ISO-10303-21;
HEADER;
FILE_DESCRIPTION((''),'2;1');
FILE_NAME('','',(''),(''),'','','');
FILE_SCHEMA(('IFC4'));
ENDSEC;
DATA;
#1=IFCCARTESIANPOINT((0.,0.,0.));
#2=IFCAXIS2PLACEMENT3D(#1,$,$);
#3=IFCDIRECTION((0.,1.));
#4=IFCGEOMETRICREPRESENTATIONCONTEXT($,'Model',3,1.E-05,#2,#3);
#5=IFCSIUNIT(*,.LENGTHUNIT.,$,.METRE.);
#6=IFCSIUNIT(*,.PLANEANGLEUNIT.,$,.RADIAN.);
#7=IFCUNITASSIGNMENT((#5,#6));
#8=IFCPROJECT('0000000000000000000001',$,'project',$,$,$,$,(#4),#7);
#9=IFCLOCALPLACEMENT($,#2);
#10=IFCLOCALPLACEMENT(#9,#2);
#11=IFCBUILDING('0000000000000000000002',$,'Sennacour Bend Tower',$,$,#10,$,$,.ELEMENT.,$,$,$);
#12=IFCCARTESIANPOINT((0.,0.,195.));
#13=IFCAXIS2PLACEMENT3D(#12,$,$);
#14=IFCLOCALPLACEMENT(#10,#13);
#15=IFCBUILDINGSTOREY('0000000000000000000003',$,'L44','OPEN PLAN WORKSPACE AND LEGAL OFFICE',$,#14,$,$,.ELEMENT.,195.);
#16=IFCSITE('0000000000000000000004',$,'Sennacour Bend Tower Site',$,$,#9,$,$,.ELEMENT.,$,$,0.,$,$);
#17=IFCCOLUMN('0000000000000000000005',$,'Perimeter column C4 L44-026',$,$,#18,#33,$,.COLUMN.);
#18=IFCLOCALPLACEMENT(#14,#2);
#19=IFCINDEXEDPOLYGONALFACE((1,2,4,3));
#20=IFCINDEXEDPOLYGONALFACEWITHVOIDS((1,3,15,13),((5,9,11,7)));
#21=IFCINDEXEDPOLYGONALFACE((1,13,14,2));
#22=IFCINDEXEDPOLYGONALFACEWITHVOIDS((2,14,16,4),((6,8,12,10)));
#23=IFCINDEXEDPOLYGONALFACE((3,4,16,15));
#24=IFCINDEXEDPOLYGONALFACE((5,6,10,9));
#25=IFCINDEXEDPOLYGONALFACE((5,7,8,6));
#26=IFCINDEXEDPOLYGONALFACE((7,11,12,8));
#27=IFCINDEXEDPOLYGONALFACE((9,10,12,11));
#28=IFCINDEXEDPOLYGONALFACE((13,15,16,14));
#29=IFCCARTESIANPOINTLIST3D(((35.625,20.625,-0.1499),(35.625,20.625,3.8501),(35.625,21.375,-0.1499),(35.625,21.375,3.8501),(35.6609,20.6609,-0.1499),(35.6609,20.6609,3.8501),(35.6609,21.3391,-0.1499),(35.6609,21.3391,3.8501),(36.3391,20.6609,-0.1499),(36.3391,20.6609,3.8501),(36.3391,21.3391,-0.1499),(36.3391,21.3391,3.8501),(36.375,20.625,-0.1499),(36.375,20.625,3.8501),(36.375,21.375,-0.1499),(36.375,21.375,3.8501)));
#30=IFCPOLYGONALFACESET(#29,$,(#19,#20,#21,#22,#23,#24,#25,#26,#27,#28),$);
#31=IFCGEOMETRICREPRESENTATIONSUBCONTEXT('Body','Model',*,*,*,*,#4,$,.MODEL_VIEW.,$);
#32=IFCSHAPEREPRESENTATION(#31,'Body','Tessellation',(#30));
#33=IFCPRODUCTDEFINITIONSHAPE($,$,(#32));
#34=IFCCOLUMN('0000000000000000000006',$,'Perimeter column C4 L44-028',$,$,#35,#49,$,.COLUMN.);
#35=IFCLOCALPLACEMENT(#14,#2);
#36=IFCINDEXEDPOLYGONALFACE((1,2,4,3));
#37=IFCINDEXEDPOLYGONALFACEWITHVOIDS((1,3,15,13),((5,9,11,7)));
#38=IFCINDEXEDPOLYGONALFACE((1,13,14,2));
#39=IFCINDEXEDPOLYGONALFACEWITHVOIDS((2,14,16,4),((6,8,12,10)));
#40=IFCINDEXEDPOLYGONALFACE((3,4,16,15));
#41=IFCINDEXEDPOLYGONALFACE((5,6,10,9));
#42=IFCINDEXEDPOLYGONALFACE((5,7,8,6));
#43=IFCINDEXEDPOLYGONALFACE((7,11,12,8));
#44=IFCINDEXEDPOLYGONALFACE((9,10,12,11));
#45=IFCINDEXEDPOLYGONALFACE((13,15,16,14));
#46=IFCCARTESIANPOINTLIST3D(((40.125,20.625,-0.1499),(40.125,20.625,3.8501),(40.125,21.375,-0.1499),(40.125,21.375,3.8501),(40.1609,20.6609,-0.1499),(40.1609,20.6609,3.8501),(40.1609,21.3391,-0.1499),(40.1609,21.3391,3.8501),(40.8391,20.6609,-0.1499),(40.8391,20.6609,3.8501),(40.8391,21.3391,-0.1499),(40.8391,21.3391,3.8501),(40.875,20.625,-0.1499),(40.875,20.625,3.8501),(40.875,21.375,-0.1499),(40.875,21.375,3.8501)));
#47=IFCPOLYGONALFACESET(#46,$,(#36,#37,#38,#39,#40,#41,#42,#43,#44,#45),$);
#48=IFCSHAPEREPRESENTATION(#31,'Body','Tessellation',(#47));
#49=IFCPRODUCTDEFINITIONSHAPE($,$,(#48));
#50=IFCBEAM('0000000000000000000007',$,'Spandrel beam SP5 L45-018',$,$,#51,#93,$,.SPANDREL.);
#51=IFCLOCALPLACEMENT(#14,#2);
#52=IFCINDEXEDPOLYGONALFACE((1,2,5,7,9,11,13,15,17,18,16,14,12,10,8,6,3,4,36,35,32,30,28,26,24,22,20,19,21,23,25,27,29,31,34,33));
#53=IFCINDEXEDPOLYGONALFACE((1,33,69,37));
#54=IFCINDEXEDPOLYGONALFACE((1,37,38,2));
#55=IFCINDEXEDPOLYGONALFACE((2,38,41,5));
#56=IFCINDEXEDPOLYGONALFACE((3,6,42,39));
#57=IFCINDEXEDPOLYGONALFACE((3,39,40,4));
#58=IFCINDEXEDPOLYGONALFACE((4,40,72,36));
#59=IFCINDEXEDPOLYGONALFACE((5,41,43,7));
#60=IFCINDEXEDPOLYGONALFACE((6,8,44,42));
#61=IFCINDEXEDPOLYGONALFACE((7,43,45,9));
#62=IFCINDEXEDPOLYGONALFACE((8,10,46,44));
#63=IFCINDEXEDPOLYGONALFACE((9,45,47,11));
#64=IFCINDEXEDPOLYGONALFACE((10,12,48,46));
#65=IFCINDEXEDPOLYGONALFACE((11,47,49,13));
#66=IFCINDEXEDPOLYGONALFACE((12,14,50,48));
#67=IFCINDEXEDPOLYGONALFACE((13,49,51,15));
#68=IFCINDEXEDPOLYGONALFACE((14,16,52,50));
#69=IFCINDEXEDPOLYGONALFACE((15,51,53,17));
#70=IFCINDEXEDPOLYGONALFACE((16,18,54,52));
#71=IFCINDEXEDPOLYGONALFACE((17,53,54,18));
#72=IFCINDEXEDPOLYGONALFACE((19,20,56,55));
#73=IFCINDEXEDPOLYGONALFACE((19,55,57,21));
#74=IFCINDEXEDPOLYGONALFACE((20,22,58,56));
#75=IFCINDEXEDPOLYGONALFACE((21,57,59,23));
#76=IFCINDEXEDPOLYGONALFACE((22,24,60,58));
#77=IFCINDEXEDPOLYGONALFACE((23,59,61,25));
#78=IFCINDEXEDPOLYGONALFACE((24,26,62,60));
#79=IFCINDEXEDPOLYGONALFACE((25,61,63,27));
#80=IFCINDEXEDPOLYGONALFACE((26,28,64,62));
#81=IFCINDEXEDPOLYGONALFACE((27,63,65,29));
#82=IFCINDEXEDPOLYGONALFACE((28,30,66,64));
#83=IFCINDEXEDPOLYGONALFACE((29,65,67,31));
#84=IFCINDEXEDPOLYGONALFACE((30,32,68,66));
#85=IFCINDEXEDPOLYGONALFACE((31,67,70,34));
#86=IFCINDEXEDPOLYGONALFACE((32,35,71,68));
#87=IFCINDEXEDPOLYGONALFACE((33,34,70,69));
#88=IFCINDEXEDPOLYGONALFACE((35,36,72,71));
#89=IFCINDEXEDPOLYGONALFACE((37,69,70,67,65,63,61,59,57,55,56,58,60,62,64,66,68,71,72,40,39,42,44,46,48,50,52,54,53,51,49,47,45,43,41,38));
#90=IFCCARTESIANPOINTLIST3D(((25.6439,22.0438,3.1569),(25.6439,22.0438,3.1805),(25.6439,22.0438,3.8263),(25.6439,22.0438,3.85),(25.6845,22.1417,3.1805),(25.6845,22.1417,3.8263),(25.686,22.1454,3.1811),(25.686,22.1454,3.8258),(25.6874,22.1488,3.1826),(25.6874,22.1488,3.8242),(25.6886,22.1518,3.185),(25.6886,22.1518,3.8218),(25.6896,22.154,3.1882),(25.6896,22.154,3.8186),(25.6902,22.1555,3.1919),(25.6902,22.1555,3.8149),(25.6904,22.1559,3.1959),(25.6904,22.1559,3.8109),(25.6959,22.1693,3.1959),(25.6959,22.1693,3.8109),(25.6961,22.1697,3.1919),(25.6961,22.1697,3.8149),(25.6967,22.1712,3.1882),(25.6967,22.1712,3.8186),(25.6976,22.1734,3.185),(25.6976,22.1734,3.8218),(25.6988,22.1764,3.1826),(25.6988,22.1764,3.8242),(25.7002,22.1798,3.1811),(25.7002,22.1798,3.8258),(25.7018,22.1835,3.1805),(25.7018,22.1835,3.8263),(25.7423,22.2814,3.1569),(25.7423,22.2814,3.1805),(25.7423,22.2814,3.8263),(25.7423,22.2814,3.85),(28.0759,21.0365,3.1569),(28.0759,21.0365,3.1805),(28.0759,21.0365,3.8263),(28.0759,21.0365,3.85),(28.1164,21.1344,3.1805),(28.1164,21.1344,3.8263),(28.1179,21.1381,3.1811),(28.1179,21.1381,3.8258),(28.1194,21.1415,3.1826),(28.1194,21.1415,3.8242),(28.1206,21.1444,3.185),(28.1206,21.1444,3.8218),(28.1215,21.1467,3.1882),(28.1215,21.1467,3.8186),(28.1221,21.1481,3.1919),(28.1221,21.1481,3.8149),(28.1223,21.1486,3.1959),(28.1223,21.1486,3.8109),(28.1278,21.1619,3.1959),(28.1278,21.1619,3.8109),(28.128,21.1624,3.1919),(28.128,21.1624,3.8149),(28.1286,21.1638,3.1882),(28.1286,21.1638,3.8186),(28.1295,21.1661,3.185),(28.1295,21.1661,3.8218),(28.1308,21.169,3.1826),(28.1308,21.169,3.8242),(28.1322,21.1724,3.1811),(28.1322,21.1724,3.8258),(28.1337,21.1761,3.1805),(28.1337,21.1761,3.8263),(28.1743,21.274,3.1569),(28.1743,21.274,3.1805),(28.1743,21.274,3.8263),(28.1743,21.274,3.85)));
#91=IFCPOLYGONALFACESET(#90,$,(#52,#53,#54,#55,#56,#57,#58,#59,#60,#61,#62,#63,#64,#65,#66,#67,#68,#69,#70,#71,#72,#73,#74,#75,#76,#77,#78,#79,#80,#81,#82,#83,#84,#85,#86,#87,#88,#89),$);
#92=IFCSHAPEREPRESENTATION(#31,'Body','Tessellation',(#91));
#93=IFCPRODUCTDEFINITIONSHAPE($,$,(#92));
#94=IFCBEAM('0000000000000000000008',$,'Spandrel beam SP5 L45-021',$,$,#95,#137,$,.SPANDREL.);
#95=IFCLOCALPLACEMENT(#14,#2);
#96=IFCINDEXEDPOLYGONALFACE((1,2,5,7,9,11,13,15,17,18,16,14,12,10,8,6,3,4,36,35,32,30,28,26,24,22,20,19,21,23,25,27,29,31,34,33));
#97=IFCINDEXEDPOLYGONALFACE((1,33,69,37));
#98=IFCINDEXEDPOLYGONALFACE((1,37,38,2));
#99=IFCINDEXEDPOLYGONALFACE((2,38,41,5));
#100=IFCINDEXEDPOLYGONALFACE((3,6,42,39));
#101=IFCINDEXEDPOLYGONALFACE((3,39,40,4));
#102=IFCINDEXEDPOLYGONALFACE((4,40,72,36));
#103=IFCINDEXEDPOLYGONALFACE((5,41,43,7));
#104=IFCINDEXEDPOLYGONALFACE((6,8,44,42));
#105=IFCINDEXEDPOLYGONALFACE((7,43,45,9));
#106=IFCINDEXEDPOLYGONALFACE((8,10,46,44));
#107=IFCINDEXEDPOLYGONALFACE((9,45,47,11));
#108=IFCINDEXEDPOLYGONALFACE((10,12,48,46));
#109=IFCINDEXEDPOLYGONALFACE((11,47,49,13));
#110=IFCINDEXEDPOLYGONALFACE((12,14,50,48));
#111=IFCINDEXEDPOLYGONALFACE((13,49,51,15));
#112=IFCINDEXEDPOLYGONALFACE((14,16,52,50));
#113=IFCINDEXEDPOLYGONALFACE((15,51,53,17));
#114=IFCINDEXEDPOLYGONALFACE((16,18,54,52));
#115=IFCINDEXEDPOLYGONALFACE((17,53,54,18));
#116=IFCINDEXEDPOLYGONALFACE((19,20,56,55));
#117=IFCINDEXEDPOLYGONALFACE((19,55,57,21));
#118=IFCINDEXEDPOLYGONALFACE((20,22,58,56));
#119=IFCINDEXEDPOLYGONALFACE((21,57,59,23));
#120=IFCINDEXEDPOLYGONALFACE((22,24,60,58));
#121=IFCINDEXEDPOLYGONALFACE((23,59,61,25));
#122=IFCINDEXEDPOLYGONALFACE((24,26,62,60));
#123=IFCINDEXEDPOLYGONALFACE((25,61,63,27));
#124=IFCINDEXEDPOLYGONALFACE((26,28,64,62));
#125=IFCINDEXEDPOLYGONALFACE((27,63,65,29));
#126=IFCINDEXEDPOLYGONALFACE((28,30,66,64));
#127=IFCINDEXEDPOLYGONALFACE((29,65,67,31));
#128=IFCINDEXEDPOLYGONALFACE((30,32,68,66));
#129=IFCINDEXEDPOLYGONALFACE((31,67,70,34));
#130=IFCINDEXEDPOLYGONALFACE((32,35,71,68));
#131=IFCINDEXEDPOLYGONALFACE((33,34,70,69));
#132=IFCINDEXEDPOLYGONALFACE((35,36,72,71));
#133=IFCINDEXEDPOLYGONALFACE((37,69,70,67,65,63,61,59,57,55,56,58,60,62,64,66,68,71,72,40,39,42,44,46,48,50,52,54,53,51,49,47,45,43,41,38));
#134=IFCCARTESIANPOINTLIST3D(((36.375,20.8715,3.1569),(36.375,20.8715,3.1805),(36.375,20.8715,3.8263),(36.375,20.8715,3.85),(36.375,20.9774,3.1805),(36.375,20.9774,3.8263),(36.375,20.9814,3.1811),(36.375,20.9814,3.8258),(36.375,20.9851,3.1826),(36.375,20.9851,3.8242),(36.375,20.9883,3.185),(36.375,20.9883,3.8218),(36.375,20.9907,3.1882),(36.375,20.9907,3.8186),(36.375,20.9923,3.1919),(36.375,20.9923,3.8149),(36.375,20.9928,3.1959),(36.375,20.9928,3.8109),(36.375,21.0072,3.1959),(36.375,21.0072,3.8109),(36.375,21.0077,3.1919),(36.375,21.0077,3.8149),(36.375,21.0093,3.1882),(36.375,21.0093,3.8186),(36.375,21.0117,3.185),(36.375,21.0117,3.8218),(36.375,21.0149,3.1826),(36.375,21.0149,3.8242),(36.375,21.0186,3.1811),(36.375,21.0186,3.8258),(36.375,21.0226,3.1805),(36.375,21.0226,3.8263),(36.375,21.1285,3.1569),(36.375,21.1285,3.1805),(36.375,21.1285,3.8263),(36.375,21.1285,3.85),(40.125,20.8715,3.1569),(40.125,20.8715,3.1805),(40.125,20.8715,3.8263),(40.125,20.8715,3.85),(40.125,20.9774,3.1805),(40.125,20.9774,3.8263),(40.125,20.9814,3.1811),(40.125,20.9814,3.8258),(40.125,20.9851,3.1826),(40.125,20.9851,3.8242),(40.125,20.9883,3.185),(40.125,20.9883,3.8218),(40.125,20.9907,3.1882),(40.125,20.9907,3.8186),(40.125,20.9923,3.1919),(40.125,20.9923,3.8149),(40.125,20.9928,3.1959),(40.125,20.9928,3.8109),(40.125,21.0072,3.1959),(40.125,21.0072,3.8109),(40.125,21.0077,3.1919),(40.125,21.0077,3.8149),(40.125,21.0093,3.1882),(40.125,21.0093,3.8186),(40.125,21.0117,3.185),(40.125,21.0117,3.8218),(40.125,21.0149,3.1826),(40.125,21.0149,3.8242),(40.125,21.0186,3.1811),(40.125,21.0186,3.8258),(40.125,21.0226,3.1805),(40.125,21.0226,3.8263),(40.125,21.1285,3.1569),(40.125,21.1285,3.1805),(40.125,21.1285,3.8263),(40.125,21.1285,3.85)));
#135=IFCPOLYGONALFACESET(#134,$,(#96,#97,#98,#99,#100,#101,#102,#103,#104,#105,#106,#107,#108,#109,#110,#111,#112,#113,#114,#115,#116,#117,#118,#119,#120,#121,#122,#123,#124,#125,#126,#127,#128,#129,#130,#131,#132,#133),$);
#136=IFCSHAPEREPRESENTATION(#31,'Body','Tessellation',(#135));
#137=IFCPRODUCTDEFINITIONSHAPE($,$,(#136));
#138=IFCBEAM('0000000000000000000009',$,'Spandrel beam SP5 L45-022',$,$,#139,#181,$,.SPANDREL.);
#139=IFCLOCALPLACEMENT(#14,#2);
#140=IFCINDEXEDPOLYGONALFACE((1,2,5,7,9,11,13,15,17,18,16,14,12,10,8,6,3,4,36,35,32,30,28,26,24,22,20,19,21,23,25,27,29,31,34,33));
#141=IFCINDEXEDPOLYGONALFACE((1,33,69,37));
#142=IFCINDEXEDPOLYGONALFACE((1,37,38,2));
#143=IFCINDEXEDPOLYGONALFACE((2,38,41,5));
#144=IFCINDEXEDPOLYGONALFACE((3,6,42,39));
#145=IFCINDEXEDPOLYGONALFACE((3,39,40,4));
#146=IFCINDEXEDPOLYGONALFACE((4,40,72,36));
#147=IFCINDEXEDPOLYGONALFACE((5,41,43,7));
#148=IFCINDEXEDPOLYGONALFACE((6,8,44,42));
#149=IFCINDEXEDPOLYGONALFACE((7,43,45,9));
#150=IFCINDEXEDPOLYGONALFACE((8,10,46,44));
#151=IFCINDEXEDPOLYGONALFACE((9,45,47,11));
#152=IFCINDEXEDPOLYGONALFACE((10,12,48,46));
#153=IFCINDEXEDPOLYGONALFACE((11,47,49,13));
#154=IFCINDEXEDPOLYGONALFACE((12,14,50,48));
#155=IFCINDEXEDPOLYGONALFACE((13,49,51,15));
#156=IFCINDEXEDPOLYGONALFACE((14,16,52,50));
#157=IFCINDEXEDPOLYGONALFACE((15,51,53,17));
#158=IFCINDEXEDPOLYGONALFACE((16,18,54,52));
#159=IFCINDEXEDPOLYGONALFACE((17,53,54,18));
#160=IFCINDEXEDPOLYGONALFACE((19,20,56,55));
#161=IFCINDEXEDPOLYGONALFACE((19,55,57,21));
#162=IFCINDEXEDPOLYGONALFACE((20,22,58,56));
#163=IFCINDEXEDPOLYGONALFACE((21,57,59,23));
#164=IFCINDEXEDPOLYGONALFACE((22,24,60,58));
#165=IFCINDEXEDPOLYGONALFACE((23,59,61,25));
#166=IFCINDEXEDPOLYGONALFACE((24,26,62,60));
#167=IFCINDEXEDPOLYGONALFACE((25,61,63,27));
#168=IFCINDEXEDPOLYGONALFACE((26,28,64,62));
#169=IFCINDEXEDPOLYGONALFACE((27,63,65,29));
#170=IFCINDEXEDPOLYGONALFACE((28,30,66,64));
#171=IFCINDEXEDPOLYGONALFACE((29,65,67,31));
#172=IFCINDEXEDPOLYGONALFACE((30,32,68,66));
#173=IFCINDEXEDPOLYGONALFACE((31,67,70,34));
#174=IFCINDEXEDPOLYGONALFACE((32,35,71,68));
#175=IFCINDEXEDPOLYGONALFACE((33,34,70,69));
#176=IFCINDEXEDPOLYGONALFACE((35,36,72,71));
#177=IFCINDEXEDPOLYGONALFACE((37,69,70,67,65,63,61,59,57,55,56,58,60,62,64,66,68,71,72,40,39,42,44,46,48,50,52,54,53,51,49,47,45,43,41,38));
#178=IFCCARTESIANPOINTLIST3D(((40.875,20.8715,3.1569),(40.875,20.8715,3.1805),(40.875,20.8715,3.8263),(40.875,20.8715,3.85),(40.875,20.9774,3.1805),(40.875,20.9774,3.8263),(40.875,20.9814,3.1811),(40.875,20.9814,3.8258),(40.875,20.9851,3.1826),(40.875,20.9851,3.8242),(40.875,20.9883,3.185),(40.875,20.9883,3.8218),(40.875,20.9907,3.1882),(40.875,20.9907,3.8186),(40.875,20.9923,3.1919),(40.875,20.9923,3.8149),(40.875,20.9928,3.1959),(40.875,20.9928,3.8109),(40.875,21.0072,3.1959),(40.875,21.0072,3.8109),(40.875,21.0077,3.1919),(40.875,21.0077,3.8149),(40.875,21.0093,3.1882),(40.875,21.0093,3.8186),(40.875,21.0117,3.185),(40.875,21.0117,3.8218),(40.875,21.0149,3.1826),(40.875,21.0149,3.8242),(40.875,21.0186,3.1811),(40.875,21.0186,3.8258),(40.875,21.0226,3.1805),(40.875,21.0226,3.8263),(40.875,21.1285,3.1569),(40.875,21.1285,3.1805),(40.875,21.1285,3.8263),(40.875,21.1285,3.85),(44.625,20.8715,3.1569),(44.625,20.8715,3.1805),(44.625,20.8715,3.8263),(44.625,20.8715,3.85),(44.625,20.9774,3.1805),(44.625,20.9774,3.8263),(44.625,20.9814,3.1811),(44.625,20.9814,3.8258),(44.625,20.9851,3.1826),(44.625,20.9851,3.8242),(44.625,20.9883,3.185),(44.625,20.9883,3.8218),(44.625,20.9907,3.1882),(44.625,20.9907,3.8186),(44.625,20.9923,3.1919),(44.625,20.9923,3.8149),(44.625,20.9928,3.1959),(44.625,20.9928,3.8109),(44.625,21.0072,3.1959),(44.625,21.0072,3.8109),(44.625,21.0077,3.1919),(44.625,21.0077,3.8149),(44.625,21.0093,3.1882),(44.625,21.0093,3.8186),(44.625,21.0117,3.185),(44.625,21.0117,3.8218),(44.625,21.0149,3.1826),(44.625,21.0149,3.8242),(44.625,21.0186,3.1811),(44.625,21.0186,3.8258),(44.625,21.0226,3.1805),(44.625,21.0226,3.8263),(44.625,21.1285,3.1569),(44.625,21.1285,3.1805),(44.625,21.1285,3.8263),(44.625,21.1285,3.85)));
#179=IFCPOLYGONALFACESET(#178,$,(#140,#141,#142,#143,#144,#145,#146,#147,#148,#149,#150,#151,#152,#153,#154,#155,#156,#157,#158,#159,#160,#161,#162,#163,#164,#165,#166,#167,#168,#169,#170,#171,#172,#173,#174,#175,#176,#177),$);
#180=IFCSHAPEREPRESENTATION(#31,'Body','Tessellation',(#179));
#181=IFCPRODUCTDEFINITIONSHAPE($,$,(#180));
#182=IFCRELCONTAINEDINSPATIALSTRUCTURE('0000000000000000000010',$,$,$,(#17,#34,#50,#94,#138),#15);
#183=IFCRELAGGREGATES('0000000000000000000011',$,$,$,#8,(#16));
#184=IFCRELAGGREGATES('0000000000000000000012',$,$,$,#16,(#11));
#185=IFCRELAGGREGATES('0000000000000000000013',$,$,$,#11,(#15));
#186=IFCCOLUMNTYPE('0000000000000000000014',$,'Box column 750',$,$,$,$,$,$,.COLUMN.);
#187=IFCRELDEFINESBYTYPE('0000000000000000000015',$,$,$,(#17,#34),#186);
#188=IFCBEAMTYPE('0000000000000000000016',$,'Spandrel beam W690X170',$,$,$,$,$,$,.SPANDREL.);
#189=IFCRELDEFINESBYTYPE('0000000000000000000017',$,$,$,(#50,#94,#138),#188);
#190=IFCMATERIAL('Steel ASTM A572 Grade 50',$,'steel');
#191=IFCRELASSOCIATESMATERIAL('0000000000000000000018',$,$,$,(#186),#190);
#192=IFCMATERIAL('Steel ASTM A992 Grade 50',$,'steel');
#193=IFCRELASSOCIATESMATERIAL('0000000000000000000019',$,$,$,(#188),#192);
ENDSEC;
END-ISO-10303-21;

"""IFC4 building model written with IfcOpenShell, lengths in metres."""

from ifc_helpers import new_model, si_unit, direction, frame, origin, origin_2d, place, context, subcontext, project, spatial, hollow_rectangle, i_section, extrude, material, material_profile, profile_set, type_object, element, save


model = new_model("IFC4")

# Units and contexts
model_context = context("Model", 3, precision=1e-05, world=origin(), true_north=direction((0.0, 1.0)))
body_context = subcontext(model_context, "Body", "Model", "MODEL_VIEW")
ifc_project = project(units=[si_unit("LENGTHUNIT", "METRE"), si_unit("PLANEANGLEUNIT", "RADIAN")], contexts=[model_context])

# Site, building, storey
site_placement = place(None, origin())
site = spatial("IfcSite", under=ifc_project, at=site_placement, Name="Sennacour Bend Tower Site", CompositionType="ELEMENT", RefElevation=0.0)
building_placement = place(site_placement, origin())
building = spatial("IfcBuilding", under=site, at=building_placement, Name="Sennacour Bend Tower", CompositionType="ELEMENT")
storey_placement = place(building_placement, frame((0.0, 0.0, 195.0)))
storey = spatial("IfcBuildingStorey", under=building, at=storey_placement, Name="L44", Description="OPEN PLAN WORKSPACE AND LEGAL OFFICE", CompositionType="ELEMENT", Elevation=195.0)

# Columns
ifc_material_1 = material(Name="Steel ASTM A572 Grade 50", Category="steel")
ifc_material_profile_1 = material_profile(ifc_material_1, hollow_rectangle(XDim=0.75, YDim=0.75, WallThickness=0.0359, at=origin_2d()), Name="Steel ASTM A572 Grade 50", Category="steel")
ifc_profile_set_1 = profile_set([ifc_material_profile_1], Name="Steel ASTM A572 Grade 50")
column_type = type_object("IfcColumnType", Name="Box column 750", PredefinedType="COLUMN", material=ifc_profile_set_1)
for number, where, z_axis, x_axis, name in (
    (1, (36.0, 21.0, -0.1499), (0.0, 0.0, 1.0), (1.0, 0.0, 0.0), "Perimeter column C4 L44-026"),
    (2, (40.5, 21.0, -0.1499), (0.0, 0.0, 1.0), (1.0, 0.0, 0.0), "Perimeter column C4 L44-028"),
):
    element("IfcColumn", number, at=place(storey_placement, frame(where, z_axis=z_axis, x_axis=x_axis)), inside=storey, type_object=column_type, Name=name, PredefinedType="COLUMN", context=body_context, shape_type="SweptSolid", body=[
        extrude(hollow_rectangle(XDim=0.75, YDim=0.75, WallThickness=0.0359, at=origin_2d()), origin(), (0.0, 0.0, 1.0), 4.0),
    ])

# Beams
ifc_material_2 = material(Name="Steel ASTM A992 Grade 50", Category="steel")
ifc_material_profile_2 = material_profile(ifc_material_2, i_section(OverallWidth=0.2571, OverallDepth=0.6931, WebThickness=0.0144, FlangeThickness=0.0237, FilletRadius=0.0154, at=origin_2d()), Name="Steel ASTM A992 Grade 50", Category="steel")
ifc_profile_set_2 = profile_set([ifc_material_profile_2], Name="Steel ASTM A992 Grade 50")
beam_type = type_object("IfcBeamType", Name="Spandrel beam W690X170", PredefinedType="SPANDREL", material=ifc_profile_set_2)
beam_placement = place(storey_placement, frame((25.6931, 22.1626, 3.5034), z_axis=(0.923879, -0.382685, 0.0), x_axis=(0.382685, 0.923879, 0.0)))
element("IfcBeam", 3, at=beam_placement, inside=storey, type_object=beam_type, Name="Spandrel beam SP5 L45-018", PredefinedType="SPANDREL", context=body_context, shape_type="SweptSolid", body=[
    extrude(i_section(OverallWidth=0.2571, OverallDepth=0.6931, WebThickness=0.0144, FlangeThickness=0.0237, FilletRadius=0.0154, at=origin_2d()), origin(), (0.0, 0.0, 1.0), 2.6323),
])
for number, where, z_axis, x_axis, name in (
    (4, (36.375, 21.0, 3.5034), (1.0, 0.0, 0.0), (0.0, 1.0, 0.0), "Spandrel beam SP5 L45-021"),
    (5, (40.875, 21.0, 3.5034), (1.0, 0.0, 0.0), (0.0, 1.0, 0.0), "Spandrel beam SP5 L45-022"),
):
    element("IfcBeam", number, at=place(storey_placement, frame(where, z_axis=z_axis, x_axis=x_axis)), inside=storey, type_object=beam_type, Name=name, PredefinedType="SPANDREL", context=body_context, shape_type="SweptSolid", body=[
        extrude(i_section(OverallWidth=0.2571, OverallDepth=0.6931, WebThickness=0.0144, FlangeThickness=0.0237, FilletRadius=0.0154, at=origin_2d()), origin(), (0.0, 0.0, 1.0), 3.75),
    ])

save(model, "model.ifc")
